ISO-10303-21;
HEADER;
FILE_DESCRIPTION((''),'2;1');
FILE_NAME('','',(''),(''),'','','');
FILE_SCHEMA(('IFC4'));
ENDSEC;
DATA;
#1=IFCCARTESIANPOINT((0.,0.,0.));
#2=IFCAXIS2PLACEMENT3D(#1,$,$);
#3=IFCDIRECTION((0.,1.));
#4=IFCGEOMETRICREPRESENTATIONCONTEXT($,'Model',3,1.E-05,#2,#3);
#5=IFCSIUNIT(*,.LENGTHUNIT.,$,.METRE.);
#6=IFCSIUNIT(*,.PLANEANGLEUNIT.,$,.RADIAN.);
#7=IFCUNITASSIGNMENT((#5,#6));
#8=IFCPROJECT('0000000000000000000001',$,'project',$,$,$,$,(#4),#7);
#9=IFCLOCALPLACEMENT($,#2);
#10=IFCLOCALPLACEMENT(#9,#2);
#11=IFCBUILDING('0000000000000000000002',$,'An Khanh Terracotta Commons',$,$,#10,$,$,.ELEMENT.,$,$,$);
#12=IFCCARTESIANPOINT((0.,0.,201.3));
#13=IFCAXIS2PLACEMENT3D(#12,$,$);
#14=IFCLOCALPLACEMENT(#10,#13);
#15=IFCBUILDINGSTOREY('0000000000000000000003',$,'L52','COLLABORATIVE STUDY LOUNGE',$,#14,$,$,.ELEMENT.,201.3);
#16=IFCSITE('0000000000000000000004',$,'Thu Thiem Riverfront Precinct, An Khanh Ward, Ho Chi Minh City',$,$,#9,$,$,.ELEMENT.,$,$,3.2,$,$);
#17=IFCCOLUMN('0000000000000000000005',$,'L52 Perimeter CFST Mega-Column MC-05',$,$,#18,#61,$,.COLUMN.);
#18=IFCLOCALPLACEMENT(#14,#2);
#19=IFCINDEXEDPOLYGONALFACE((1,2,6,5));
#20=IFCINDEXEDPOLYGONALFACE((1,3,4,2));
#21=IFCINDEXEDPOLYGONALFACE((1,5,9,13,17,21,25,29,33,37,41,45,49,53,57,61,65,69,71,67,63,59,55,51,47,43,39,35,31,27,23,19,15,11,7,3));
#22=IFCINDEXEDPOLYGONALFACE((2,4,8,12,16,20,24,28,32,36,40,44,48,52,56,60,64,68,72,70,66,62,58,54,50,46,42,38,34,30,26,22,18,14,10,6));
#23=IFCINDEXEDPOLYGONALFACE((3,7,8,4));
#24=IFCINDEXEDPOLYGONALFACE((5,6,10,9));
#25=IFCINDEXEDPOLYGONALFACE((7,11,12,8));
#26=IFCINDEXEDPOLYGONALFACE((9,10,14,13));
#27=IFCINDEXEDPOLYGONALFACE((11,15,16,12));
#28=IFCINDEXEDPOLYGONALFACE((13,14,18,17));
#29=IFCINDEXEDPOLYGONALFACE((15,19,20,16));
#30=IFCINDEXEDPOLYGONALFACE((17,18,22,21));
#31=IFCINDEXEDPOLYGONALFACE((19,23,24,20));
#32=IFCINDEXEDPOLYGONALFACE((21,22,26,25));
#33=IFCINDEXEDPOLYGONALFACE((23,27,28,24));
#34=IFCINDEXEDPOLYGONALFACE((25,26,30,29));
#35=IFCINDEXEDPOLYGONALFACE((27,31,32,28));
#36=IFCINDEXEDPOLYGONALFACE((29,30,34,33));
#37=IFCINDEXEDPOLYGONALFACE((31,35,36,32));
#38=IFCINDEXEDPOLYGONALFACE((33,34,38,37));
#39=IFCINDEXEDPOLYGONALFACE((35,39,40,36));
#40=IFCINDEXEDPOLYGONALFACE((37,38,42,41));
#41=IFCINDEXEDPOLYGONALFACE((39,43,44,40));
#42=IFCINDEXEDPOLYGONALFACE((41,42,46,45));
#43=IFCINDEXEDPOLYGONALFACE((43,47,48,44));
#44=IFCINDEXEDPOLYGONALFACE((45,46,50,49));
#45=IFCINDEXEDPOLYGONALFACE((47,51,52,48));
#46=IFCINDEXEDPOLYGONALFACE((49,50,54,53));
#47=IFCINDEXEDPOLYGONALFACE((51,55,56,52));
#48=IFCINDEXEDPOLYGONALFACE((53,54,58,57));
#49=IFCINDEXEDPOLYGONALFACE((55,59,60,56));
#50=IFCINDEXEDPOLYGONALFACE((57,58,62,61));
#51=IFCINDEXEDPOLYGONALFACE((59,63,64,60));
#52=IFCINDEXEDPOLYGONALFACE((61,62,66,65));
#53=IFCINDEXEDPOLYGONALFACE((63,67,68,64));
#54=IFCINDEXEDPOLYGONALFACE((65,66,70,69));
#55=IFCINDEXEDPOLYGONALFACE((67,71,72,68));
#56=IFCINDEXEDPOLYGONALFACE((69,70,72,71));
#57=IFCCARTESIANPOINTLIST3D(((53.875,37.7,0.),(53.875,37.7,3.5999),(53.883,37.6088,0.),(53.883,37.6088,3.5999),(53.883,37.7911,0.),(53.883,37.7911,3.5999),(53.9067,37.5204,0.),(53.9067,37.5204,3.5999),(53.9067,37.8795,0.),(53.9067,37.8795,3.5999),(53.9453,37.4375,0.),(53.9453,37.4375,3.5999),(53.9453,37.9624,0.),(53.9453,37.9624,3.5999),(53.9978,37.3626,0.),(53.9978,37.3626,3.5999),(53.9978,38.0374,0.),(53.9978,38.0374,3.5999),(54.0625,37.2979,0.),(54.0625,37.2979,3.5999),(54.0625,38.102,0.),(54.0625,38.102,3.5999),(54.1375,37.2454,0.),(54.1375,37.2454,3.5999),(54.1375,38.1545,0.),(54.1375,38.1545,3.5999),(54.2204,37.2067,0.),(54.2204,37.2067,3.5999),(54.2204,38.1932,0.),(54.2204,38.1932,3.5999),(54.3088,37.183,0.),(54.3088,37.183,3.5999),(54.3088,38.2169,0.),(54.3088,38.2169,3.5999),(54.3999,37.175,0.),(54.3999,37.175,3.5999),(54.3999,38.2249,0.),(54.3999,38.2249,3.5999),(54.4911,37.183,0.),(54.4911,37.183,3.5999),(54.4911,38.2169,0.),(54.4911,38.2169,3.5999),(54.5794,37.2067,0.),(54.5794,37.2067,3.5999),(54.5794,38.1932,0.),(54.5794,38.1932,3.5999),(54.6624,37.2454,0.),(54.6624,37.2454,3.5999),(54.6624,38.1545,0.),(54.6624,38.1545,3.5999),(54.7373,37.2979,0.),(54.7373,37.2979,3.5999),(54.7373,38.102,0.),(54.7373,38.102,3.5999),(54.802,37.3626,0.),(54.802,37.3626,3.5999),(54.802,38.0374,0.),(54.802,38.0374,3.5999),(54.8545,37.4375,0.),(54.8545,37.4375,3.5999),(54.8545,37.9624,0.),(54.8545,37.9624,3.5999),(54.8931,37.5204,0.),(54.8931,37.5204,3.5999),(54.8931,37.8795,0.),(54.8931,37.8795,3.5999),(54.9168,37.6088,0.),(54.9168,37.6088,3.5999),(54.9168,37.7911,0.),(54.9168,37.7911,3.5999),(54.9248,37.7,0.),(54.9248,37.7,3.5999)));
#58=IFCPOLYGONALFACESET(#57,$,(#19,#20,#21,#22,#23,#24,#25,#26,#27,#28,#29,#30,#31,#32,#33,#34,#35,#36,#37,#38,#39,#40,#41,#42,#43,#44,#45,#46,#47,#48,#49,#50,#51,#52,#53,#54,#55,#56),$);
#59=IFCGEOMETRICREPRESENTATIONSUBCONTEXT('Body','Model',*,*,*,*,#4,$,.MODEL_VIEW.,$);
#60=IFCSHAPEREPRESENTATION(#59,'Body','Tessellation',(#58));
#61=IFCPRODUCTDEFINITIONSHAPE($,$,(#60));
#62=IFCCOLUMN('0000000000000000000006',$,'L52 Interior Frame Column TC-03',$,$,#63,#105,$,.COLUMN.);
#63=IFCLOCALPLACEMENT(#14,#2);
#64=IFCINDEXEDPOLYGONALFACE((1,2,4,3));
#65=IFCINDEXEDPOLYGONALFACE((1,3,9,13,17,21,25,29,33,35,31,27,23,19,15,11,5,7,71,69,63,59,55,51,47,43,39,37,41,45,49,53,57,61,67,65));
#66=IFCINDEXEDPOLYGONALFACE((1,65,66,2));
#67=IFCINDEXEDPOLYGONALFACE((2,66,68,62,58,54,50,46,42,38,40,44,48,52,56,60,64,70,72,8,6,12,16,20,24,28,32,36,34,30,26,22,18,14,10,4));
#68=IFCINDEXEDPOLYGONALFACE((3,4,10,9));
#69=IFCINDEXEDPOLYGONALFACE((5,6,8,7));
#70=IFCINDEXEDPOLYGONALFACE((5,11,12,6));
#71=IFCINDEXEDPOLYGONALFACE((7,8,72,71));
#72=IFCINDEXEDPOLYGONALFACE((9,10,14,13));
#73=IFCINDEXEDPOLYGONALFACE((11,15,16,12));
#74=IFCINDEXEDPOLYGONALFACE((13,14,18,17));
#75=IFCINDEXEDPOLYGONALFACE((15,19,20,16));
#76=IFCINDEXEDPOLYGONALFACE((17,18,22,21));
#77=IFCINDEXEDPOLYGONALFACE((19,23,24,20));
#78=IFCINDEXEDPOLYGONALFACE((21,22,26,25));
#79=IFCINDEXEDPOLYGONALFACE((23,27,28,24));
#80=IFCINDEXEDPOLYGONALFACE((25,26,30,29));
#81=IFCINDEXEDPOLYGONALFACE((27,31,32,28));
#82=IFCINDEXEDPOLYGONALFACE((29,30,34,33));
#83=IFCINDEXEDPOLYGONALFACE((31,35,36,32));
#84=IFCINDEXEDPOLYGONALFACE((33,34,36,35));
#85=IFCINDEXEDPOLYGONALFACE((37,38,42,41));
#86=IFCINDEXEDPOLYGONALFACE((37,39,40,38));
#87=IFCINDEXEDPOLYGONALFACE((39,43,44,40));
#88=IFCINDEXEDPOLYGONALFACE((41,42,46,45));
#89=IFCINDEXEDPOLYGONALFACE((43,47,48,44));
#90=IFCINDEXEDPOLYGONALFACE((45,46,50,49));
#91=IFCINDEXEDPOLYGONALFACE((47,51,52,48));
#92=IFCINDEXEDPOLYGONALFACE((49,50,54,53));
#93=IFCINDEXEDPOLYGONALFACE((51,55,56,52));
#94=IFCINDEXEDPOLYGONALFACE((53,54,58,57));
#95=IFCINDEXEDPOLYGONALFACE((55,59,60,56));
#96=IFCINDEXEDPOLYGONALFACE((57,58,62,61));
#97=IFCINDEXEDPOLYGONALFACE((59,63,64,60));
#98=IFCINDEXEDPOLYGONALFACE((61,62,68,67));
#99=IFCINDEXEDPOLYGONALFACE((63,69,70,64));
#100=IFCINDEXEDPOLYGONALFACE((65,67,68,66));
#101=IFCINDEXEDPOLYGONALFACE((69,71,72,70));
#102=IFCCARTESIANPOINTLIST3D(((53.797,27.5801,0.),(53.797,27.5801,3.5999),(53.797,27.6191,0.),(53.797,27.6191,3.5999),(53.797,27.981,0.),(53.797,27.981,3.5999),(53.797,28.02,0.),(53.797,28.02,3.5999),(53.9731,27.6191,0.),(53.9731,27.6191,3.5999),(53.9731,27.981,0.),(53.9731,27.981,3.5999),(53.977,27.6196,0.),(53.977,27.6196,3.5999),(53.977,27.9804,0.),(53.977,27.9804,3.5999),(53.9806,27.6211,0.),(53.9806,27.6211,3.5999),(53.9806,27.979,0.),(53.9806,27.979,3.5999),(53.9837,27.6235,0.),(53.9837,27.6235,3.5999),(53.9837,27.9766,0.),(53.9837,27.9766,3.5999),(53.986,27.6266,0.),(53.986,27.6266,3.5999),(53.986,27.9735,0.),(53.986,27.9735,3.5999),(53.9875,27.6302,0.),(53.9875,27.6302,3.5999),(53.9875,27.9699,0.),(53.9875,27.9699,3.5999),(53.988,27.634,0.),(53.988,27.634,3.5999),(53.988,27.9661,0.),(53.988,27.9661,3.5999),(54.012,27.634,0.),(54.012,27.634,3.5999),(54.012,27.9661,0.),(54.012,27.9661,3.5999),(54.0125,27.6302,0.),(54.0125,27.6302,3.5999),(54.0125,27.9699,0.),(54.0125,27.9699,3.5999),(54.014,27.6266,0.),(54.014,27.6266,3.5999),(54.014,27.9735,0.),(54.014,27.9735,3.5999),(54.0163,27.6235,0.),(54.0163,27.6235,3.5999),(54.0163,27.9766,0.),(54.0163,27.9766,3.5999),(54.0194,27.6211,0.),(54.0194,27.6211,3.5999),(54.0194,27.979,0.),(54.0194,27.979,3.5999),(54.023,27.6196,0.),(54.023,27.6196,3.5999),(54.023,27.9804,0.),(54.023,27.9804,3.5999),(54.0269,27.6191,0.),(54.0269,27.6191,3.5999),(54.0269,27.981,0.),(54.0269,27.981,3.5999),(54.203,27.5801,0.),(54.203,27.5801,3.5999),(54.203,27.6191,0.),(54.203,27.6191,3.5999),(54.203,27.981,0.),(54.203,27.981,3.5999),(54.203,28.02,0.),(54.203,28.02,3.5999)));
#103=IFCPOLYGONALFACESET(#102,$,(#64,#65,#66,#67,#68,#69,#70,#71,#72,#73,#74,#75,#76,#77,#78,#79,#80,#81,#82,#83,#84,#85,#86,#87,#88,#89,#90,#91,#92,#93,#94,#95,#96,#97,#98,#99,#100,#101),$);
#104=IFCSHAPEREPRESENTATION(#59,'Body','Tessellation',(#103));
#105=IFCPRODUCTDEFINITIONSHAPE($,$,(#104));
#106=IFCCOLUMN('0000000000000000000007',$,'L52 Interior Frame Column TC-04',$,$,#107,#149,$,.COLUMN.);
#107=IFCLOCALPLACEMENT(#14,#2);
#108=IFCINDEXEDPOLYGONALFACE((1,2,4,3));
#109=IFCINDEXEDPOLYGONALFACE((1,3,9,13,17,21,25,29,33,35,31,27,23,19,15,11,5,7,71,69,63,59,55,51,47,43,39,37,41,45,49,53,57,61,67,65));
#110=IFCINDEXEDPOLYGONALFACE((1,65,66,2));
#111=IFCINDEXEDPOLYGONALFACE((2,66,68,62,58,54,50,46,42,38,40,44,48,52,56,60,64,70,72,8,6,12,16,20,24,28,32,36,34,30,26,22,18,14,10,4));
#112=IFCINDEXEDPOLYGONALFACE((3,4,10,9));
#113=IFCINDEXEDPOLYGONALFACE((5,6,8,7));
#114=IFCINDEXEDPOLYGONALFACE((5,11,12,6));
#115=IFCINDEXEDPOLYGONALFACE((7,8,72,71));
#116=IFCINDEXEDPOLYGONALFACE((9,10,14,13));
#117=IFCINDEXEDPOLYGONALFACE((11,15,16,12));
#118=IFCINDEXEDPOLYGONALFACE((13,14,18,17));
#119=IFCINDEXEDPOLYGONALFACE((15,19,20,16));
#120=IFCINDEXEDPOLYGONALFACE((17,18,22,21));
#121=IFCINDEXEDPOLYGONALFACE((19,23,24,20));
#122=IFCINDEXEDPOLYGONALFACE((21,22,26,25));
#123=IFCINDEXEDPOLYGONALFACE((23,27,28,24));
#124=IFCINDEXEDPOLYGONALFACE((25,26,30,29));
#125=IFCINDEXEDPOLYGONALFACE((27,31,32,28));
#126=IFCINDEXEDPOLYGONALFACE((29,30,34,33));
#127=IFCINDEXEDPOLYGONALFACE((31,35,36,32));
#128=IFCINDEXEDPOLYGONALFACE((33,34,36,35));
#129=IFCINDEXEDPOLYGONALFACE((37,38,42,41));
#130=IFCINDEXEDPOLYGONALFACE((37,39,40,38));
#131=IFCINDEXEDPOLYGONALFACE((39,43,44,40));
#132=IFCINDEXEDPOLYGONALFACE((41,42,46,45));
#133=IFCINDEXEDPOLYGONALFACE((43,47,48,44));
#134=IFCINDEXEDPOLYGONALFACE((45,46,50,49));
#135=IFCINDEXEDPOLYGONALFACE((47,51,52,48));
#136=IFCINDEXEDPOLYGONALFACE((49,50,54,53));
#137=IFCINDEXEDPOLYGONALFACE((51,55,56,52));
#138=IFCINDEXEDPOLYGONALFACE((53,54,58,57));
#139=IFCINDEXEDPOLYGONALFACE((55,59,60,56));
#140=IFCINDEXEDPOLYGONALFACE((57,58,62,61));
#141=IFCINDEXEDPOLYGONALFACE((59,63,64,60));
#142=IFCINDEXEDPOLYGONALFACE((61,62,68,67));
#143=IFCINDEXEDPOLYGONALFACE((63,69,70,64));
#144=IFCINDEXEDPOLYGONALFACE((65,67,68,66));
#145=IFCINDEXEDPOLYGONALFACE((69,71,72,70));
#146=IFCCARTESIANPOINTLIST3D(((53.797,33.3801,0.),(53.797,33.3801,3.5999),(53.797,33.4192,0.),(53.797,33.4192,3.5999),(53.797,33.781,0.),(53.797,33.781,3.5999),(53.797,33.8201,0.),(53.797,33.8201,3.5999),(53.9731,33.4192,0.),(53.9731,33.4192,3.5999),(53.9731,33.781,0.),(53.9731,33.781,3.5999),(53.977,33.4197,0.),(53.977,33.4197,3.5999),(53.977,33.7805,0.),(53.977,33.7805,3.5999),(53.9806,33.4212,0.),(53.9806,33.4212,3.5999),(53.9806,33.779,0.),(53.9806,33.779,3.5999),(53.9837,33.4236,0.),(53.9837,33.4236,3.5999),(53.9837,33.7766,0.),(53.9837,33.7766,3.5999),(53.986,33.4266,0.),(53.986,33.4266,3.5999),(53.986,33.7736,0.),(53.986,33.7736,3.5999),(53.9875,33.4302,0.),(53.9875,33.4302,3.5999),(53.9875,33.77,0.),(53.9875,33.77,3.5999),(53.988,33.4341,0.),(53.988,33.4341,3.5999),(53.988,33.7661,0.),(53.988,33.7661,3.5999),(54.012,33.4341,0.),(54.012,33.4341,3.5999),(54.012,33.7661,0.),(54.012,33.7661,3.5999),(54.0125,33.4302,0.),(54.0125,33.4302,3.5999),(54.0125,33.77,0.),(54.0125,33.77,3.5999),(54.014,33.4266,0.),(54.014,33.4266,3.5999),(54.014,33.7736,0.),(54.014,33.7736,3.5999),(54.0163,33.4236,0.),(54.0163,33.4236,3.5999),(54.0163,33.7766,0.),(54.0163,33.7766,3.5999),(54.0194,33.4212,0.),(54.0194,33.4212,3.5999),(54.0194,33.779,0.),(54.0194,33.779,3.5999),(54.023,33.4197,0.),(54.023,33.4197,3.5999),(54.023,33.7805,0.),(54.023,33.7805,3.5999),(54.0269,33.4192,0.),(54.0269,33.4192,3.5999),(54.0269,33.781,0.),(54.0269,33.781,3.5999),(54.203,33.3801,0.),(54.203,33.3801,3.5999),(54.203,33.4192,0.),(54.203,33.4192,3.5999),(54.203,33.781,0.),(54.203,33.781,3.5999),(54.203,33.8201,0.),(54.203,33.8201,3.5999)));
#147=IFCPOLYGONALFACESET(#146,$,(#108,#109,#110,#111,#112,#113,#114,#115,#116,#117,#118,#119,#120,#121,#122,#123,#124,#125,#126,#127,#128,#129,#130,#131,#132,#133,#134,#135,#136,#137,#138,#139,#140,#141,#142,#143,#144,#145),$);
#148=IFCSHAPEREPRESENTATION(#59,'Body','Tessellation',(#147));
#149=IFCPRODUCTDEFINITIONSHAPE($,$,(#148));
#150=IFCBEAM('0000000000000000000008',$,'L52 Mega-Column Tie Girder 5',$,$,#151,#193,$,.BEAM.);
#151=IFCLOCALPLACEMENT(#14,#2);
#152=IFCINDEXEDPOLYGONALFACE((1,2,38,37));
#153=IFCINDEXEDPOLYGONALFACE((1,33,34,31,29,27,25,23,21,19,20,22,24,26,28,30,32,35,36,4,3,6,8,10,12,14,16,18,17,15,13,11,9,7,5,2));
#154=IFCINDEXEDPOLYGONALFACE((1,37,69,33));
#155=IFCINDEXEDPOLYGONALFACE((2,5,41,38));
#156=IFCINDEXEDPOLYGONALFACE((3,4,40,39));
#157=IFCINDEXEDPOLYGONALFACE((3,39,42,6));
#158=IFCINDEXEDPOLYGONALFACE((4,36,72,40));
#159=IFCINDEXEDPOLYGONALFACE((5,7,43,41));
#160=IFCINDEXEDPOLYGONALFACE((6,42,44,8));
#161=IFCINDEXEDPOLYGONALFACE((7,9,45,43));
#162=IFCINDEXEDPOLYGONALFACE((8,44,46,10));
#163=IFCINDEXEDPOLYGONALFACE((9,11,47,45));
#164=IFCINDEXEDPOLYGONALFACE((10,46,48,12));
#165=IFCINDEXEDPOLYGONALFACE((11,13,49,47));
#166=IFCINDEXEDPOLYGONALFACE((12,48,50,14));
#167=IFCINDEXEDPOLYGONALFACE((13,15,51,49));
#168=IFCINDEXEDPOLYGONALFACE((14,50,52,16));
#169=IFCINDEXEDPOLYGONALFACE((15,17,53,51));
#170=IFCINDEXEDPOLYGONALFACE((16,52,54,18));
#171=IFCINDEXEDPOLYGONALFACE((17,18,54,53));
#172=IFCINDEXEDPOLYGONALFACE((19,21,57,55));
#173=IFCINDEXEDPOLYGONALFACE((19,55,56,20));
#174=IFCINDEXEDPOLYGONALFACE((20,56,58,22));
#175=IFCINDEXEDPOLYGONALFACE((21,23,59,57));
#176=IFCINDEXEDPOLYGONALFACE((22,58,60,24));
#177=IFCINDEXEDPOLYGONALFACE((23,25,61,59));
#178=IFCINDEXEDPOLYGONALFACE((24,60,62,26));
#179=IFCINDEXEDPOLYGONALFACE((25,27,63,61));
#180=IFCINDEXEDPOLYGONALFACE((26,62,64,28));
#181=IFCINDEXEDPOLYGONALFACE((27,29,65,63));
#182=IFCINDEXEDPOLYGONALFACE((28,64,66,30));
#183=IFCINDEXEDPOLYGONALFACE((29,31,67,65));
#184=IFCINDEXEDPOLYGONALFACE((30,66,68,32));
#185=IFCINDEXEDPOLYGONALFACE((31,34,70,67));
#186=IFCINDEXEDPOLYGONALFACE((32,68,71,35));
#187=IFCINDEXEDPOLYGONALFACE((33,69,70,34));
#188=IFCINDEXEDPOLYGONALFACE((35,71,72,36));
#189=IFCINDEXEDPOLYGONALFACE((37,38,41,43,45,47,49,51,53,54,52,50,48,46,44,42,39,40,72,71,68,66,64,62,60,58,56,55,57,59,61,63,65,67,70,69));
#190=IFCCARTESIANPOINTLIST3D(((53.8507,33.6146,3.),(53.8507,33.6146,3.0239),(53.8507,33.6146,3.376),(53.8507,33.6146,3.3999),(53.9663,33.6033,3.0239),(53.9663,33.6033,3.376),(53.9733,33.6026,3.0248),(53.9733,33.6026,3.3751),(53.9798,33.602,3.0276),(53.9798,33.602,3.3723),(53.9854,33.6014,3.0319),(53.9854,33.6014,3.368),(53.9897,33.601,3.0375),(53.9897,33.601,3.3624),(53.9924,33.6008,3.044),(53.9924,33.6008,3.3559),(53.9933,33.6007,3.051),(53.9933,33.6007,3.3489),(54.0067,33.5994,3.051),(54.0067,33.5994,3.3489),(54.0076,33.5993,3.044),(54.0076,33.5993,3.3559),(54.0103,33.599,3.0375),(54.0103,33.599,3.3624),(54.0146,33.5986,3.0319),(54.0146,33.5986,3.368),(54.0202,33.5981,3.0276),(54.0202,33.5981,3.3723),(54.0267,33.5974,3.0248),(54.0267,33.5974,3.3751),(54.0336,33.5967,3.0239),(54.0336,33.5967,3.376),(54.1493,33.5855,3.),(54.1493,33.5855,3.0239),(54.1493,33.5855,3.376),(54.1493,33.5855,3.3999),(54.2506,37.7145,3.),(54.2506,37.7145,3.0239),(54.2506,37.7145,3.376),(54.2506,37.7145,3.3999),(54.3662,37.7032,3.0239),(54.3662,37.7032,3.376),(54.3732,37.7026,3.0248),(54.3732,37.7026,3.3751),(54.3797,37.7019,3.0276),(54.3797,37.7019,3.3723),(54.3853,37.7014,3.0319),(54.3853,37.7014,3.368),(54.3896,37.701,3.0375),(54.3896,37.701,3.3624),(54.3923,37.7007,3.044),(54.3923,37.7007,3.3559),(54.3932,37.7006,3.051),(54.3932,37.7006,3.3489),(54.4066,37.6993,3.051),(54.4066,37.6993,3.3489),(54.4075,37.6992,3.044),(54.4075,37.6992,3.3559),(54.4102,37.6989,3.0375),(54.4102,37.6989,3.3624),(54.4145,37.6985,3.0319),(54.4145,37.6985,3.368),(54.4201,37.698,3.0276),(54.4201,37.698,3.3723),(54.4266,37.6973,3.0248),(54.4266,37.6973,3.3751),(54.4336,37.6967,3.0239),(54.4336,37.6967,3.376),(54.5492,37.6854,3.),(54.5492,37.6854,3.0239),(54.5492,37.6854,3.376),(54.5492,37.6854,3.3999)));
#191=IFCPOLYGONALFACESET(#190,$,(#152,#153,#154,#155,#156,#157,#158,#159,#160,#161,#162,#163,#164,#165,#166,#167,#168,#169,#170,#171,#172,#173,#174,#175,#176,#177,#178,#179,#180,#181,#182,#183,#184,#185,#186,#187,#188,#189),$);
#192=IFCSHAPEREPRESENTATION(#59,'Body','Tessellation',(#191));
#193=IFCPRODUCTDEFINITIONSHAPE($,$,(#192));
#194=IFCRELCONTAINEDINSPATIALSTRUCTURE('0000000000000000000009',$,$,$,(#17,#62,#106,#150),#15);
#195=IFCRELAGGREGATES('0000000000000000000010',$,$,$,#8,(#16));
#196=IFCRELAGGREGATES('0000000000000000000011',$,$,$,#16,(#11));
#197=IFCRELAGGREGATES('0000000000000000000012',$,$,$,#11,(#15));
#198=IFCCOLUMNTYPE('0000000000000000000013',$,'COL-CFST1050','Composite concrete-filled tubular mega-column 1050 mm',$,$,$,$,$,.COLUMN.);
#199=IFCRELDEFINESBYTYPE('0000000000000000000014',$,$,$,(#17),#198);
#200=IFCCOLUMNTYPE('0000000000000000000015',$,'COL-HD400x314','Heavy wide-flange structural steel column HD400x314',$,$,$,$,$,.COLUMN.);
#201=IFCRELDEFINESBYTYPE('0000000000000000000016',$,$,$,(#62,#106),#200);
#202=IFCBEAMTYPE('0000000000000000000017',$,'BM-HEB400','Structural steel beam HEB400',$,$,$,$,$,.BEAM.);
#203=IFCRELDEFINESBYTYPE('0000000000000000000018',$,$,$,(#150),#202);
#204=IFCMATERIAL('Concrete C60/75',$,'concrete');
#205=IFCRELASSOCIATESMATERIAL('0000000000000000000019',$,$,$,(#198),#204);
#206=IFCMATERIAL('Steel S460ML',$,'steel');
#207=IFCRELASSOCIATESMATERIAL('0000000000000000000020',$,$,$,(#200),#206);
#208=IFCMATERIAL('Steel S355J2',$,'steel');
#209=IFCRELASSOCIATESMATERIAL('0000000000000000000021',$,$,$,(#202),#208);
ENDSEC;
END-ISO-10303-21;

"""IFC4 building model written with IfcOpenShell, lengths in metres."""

from ifc_helpers import new_model, si_unit, direction, frame, origin, origin_2d, place, context, subcontext, project, spatial, circle, i_section, extrude, material, material_profile, profile_set, type_object, element, save


model = new_model("IFC4")

# Units and contexts
model_context = context("Model", 3, precision=1e-05, world=origin(), true_north=direction((0.0, 1.0)))
body_context = subcontext(model_context, "Body", "Model", "MODEL_VIEW")
ifc_project = project(units=[si_unit("LENGTHUNIT", "METRE"), si_unit("PLANEANGLEUNIT", "RADIAN")], contexts=[model_context])

# Site, building, storey
site_placement = place(None, origin())
site = spatial("IfcSite", under=ifc_project, at=site_placement, Name="Thu Thiem Riverfront Precinct, An Khanh Ward, Ho Chi Minh City", CompositionType="ELEMENT", RefElevation=3.2)
building_placement = place(site_placement, origin())
building = spatial("IfcBuilding", under=site, at=building_placement, Name="An Khanh Terracotta Commons", CompositionType="ELEMENT")
storey_placement = place(building_placement, frame((0.0, 0.0, 201.3)))
storey = spatial("IfcBuildingStorey", under=building, at=storey_placement, Name="L52", Description="COLLABORATIVE STUDY LOUNGE", CompositionType="ELEMENT", Elevation=201.3)

# Columns
ifc_material_1 = material(Name="Concrete C60/75", Category="concrete")
ifc_material_profile_1 = material_profile(ifc_material_1, circle(Radius=0.5249, at=origin_2d()), Name="CFST1050")
ifc_profile_set_1 = profile_set([ifc_material_profile_1], Name="Concrete C60/75")
column_type_1 = type_object("IfcColumnType", Name="COL-CFST1050", Description="Composite concrete-filled tubular mega-column 1050 mm", PredefinedType="COLUMN", material=ifc_profile_set_1)
column_placement = place(storey_placement, frame((54.3999, 37.7, 0.0), z_axis=(0.0, 0.0, 1.0), x_axis=(1.0, 0.0, 0.0)))
element("IfcColumn", 1, at=column_placement, inside=storey, type_object=column_type_1, Name="L52 Perimeter CFST Mega-Column MC-05", PredefinedType="COLUMN", context=body_context, shape_type="SweptSolid", body=[
    extrude(circle(Radius=0.5249, at=origin_2d()), origin(), (0.0, 0.0, 1.0), 3.5999),
])
ifc_material_2 = material(Name="Steel S460ML", Category="steel")
ifc_material_profile_2 = material_profile(ifc_material_2, i_section(OverallWidth=0.406, OverallDepth=0.4399, WebThickness=0.0239, FlangeThickness=0.0391, FilletRadius=0.0149, at=origin_2d()), Name="HD400x314")
ifc_profile_set_2 = profile_set([ifc_material_profile_2], Name="Steel S460ML")
column_type_2 = type_object("IfcColumnType", Name="COL-HD400x314", Description="Heavy wide-flange structural steel column HD400x314", PredefinedType="COLUMN", material=ifc_profile_set_2)
for number, where, z_axis, x_axis, name in (
    (2, (54.0, 27.8, 0.0), (0.0, 0.0, 1.0), (1.0, 0.0, 0.0), "L52 Interior Frame Column TC-03"),
    (3, (54.0, 33.6001, 0.0), (0.0, 0.0, 1.0), (1.0, 0.0, 0.0), "L52 Interior Frame Column TC-04"),
):
    element("IfcColumn", number, at=place(storey_placement, frame(where, z_axis=z_axis, x_axis=x_axis)), inside=storey, type_object=column_type_2, Name=name, PredefinedType="COLUMN", context=body_context, shape_type="SweptSolid", body=[
        extrude(i_section(OverallWidth=0.406, OverallDepth=0.4399, WebThickness=0.0239, FlangeThickness=0.0391, FilletRadius=0.0149, at=origin_2d()), origin(), (0.0, 0.0, 1.0), 3.5999),
    ])

# Beam
ifc_material_3 = material(Name="Steel S355J2", Category="steel")
ifc_material_profile_3 = material_profile(ifc_material_3, i_section(OverallWidth=0.3, OverallDepth=0.3999, WebThickness=0.0134, FlangeThickness=0.0239, FilletRadius=0.0271, at=origin_2d()), Name="HEB400")
ifc_profile_set_3 = profile_set([ifc_material_profile_3], Name="Steel S355J2")
beam_type_1 = type_object("IfcBeamType", Name="BM-HEB400", Description="Structural steel beam HEB400", PredefinedType="BEAM", material=ifc_profile_set_3)
beam_1_placement = place(storey_placement, frame((54.3999, 37.7, 3.2), z_axis=(-0.09708, -0.995277, 0.0), x_axis=(0.995277, -0.09708, 0.0)))
element("IfcBeam", 4, at=beam_1_placement, inside=storey, type_object=beam_type_1, Name="L52 Mega-Column Tie Girder 5", PredefinedType="BEAM", context=body_context, shape_type="SweptSolid", body=[
    extrude(i_section(OverallWidth=0.3, OverallDepth=0.3999, WebThickness=0.0134, FlangeThickness=0.0239, FilletRadius=0.0271, at=origin_2d()), origin(), (0.0, 0.0, 1.0), 4.1194),
])

save(model, "model.ifc")
